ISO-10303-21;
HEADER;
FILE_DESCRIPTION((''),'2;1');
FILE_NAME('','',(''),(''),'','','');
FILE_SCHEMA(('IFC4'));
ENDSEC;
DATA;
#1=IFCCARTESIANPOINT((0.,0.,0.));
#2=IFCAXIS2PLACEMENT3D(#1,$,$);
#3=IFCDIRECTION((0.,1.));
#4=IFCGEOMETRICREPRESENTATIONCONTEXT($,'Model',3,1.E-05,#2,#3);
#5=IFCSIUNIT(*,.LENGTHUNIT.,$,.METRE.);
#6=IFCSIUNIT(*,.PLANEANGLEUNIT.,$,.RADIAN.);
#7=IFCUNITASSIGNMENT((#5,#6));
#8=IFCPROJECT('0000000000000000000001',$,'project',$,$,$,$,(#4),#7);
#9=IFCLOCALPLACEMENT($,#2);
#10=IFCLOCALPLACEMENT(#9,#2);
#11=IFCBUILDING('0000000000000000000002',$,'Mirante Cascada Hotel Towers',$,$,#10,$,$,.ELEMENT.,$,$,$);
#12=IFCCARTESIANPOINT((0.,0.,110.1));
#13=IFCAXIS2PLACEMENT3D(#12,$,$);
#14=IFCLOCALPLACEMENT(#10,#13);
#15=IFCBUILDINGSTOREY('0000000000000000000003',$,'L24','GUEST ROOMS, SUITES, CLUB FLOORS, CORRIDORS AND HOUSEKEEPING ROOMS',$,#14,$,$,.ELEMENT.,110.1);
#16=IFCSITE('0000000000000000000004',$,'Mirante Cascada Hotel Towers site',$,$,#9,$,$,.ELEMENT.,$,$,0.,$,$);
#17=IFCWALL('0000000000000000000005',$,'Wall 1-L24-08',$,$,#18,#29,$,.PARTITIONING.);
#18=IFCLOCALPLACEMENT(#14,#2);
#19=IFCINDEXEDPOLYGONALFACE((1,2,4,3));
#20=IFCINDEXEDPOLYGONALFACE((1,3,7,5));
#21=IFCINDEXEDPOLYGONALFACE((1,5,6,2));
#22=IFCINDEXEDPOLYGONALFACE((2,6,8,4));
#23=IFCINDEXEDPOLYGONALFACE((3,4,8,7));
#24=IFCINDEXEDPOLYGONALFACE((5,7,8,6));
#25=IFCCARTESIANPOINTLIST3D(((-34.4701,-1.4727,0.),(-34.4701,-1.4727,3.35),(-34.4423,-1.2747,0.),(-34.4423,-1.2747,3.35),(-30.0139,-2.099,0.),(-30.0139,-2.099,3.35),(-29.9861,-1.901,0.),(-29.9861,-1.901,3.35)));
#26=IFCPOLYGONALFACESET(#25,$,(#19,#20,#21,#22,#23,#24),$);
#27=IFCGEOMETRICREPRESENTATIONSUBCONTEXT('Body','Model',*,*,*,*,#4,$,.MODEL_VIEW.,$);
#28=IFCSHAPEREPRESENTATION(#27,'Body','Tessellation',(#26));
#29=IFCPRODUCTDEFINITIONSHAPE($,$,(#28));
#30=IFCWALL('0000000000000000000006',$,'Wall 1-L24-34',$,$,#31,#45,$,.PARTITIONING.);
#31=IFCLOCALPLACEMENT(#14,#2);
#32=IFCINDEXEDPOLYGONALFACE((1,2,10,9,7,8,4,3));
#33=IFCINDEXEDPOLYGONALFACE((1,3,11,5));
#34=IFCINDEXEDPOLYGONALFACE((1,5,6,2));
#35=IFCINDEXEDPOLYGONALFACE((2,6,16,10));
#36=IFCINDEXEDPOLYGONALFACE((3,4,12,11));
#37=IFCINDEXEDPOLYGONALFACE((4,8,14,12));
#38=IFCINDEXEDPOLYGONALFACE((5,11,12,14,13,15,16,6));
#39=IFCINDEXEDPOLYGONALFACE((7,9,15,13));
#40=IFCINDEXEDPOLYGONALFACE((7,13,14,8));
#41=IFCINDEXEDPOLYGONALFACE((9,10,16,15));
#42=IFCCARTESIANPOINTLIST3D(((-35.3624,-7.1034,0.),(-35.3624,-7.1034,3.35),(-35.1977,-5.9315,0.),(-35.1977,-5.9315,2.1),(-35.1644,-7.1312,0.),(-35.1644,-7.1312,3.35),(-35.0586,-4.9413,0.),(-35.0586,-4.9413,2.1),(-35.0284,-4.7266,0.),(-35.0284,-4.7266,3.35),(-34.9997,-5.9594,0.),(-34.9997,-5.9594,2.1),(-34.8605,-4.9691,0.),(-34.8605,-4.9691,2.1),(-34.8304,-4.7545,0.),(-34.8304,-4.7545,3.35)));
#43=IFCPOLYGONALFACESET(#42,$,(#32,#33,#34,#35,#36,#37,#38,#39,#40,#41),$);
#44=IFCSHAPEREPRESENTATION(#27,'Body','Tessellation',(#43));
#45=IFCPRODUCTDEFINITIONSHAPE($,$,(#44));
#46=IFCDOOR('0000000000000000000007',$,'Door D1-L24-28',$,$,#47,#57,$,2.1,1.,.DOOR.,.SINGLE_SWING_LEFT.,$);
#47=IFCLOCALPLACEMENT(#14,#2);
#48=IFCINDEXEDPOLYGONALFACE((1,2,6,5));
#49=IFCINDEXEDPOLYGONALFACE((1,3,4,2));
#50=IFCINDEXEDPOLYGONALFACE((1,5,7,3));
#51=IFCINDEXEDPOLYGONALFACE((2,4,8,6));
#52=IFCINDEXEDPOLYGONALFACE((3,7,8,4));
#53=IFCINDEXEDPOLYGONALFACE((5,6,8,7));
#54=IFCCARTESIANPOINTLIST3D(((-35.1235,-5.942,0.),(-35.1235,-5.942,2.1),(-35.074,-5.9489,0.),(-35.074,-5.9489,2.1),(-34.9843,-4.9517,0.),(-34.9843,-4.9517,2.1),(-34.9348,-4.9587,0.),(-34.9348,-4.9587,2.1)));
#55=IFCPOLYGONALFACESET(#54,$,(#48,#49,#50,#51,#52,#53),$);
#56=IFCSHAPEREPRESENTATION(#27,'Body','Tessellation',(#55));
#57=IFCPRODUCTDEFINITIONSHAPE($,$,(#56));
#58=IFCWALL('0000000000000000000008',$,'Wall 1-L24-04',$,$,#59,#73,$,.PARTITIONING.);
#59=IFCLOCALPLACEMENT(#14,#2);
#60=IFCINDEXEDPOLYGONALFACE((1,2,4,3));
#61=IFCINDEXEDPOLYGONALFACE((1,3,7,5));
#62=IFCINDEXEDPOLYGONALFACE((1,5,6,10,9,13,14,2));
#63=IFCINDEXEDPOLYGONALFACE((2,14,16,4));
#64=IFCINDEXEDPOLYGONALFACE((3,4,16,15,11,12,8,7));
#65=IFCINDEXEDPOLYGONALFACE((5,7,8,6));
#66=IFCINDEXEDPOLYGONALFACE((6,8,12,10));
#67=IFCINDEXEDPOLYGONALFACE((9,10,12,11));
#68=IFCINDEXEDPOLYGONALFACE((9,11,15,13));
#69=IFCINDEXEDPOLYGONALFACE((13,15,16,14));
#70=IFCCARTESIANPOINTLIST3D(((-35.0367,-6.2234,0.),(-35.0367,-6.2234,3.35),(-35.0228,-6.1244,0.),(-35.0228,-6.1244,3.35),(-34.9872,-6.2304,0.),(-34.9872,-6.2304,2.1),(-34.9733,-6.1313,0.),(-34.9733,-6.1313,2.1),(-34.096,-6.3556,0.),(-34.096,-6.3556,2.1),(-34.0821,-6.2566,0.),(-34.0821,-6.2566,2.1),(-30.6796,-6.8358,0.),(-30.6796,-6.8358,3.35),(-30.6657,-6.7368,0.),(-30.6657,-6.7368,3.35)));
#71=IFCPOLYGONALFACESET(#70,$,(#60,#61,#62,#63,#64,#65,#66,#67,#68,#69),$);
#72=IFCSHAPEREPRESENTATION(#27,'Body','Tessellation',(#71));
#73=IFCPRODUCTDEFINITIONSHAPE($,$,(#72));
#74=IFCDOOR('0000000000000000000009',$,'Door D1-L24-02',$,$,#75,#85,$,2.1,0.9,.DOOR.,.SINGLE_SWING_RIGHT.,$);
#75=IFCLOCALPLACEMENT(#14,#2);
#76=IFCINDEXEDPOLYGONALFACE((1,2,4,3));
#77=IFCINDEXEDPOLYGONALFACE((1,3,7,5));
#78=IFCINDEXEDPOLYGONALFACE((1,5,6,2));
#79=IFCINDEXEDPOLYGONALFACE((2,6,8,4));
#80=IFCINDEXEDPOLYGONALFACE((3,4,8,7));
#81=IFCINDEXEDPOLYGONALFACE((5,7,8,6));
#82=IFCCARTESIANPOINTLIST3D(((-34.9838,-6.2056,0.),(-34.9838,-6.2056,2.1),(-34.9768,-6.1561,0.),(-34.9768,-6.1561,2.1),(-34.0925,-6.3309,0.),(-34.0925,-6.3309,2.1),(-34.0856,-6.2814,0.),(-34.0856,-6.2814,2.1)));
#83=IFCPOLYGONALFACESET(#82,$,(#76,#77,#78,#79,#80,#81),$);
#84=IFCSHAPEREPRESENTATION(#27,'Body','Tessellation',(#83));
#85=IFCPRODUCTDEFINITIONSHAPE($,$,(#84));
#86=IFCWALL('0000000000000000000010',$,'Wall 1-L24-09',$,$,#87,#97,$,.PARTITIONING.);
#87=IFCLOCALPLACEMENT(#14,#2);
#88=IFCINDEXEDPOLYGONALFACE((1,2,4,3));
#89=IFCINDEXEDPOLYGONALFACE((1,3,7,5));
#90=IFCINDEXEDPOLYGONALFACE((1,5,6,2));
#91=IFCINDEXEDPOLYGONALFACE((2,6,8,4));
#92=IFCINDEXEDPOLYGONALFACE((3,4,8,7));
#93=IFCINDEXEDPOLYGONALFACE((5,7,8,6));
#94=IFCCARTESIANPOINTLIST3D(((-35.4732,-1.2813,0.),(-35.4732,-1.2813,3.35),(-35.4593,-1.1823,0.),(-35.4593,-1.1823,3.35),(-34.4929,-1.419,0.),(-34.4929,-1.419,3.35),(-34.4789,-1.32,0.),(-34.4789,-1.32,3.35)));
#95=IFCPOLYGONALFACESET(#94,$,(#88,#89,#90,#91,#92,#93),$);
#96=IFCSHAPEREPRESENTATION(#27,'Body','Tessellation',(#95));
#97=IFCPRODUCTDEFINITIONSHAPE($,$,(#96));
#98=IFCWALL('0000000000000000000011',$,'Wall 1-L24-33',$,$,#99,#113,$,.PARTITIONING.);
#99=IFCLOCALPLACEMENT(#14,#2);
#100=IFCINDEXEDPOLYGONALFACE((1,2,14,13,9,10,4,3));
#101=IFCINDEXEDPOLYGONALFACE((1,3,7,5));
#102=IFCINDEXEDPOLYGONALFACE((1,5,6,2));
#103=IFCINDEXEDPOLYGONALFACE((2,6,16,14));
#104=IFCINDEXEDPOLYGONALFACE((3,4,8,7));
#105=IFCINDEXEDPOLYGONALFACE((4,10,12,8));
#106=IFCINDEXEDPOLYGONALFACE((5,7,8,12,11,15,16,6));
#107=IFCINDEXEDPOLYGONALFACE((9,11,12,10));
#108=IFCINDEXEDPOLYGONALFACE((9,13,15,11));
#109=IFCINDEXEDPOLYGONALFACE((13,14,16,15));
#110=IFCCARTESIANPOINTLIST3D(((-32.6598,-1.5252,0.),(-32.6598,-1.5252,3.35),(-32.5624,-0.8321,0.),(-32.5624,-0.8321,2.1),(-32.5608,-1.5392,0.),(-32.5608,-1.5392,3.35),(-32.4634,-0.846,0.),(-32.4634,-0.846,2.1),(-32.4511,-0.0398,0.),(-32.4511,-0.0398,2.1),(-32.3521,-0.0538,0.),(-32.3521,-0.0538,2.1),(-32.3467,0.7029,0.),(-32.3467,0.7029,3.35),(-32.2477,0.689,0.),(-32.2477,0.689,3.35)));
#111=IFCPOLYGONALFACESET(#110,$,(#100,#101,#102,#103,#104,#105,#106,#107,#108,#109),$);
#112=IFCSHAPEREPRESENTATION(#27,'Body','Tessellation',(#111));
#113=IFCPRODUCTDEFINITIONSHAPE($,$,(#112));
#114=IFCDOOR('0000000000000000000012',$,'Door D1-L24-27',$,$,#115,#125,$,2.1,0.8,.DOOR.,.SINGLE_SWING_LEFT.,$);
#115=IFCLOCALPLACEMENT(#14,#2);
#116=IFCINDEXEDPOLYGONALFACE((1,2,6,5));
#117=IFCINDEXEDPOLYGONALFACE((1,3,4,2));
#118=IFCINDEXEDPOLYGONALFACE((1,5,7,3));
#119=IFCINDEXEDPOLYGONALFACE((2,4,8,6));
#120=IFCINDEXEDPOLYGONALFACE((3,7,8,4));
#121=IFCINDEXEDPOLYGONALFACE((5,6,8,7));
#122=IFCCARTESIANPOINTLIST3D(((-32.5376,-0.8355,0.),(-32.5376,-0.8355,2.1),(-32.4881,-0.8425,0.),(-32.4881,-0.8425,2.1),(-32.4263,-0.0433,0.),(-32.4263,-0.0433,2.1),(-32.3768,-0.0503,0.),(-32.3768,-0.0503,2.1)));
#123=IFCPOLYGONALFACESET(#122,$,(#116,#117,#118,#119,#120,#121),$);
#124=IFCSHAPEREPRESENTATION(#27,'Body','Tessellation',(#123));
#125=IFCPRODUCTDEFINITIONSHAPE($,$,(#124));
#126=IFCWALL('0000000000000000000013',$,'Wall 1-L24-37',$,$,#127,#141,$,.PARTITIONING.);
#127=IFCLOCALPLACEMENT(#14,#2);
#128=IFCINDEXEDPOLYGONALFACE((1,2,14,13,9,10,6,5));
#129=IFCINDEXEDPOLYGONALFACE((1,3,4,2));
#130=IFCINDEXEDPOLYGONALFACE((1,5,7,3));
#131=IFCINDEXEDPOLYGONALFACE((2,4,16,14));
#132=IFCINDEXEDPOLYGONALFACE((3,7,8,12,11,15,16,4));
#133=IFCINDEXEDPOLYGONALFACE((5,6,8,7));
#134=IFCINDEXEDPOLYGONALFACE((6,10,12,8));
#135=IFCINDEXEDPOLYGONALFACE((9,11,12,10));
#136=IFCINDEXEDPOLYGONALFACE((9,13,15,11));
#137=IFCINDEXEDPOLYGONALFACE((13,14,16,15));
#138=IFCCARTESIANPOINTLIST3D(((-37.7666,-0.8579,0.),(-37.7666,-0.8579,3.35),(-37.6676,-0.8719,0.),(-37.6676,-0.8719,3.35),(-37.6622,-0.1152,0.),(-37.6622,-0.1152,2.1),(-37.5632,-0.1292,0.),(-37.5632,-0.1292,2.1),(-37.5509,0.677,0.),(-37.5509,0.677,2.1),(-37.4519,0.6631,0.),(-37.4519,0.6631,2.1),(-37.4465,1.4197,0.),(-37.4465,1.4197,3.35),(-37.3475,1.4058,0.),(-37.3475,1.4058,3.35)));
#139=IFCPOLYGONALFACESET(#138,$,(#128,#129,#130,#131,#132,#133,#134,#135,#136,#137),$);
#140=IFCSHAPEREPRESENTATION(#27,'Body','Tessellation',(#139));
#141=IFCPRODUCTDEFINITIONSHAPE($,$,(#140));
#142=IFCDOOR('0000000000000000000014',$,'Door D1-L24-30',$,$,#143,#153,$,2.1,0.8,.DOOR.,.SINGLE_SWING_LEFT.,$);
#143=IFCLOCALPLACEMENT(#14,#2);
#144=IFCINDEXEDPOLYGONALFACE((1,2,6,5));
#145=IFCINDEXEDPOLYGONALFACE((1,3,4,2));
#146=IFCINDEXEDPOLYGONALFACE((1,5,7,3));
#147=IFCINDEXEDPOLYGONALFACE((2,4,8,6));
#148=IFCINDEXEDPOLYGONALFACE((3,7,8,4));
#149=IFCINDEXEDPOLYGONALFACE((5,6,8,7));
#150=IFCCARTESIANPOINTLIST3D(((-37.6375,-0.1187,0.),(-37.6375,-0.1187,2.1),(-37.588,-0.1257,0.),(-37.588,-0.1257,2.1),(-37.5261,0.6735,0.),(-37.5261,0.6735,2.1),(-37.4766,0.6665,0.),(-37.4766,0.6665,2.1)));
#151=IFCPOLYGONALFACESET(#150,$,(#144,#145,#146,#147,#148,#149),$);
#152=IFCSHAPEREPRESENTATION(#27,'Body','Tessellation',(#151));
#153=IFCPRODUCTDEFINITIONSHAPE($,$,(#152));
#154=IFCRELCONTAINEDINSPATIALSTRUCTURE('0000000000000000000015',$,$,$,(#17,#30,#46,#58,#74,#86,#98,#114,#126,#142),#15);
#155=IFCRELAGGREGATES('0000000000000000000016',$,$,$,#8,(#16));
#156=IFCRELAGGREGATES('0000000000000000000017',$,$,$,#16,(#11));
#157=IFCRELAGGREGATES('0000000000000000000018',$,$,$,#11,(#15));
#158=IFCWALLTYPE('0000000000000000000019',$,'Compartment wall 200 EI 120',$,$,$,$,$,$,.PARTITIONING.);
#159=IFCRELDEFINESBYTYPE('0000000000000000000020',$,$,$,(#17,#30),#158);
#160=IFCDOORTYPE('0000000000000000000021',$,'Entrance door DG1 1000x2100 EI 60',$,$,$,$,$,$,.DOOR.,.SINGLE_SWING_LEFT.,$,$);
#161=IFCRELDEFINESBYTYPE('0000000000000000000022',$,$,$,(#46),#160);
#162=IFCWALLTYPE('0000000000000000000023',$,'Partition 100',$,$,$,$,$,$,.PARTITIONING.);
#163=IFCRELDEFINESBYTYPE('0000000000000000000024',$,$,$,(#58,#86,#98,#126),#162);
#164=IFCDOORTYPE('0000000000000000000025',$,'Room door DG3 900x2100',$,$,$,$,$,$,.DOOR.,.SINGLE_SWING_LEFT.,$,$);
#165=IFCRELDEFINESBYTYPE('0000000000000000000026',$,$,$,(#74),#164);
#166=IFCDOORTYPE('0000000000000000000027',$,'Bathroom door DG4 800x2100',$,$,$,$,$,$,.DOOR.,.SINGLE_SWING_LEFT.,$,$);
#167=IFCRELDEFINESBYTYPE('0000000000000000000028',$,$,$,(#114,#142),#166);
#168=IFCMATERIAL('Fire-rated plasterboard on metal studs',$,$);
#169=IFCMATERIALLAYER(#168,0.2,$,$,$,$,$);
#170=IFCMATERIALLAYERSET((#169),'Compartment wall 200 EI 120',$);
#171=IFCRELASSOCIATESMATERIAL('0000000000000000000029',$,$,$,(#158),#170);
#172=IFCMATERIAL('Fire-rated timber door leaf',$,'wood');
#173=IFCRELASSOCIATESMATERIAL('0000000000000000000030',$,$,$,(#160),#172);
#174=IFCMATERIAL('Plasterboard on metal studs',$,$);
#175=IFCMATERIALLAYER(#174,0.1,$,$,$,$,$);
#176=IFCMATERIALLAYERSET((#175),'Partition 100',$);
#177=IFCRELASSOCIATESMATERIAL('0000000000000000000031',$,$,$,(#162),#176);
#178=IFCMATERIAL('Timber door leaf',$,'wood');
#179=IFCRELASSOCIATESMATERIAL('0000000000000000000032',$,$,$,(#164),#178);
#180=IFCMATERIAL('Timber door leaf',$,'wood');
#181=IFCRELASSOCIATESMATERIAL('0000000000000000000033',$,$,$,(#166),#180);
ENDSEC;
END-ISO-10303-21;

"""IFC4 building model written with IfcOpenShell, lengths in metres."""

from ifc_helpers import new_model, si_unit, direction, frame, frame_2d, origin, place, context, subcontext, project, spatial, rectangle, extrude, material, layer, layer_set, type_object, element, fill, save


model = new_model("IFC4")

# Units and contexts
model_context = context("Model", 3, precision=1e-05, world=origin(), true_north=direction((0.0, 1.0)))
body_context = subcontext(model_context, "Body", "Model", "MODEL_VIEW")
ifc_project = project(units=[si_unit("LENGTHUNIT", "METRE"), si_unit("PLANEANGLEUNIT", "RADIAN")], contexts=[model_context])

# Site, building, storey
site_placement = place(None, origin())
site = spatial("IfcSite", under=ifc_project, at=site_placement, Name="Mirante Cascada Hotel Towers site", CompositionType="ELEMENT", RefElevation=0.0)
building_placement = place(site_placement, origin())
building = spatial("IfcBuilding", under=site, at=building_placement, Name="Mirante Cascada Hotel Towers", CompositionType="ELEMENT")
storey_placement = place(building_placement, frame((0.0, 0.0, 110.1)))
storey = spatial("IfcBuildingStorey", under=building, at=storey_placement, Name="L24", Description="GUEST ROOMS, SUITES, CLUB FLOORS, CORRIDORS AND HOUSEKEEPING ROOMS", CompositionType="ELEMENT", Elevation=110.1)

# Wall
ifc_material_1 = material(Name="Fire-rated plasterboard on metal studs")
ifc_layer_1 = layer(ifc_material_1, 0.2)
ifc_layer_set_1 = layer_set([ifc_layer_1], Name="Compartment wall 200 EI 120")
wall_type_1 = type_object("IfcWallType", Name="Compartment wall 200 EI 120", PredefinedType="PARTITIONING", material=ifc_layer_set_1)
wall_1_placement = place(storey_placement, frame((-34.4562, -1.3737, 0.0), z_axis=(0.0, 0.0, 1.0), x_axis=(0.990267, -0.139178, 0.0)))
element("IfcWall", 1, at=wall_1_placement, inside=storey, type_object=wall_type_1, Name="Wall 1-L24-08", PredefinedType="PARTITIONING", context=body_context, shape_type="SweptSolid", body=[
    extrude(rectangle(XDim=4.5, YDim=0.2, at=frame_2d((2.25, 0.0))), origin(), (0.0, 0.0, 1.0), 3.35),
])

# Walls, openings, doors
wall_2_placement = place(storey_placement, frame((-34.9294, -4.7406, 0.0), z_axis=(0.0, 0.0, 1.0), x_axis=(-0.139163, -0.990269, 0.0)))
wall_2 = element("IfcWall", 2, at=wall_2_placement, inside=storey, type_object=wall_type_1, Name="Wall 1-L24-34", PredefinedType="PARTITIONING", context=body_context, shape_type="SweptSolid", body=[
    extrude(rectangle(XDim=2.4001, YDim=0.2, at=frame_2d((1.2, 0.0))), origin(), (0.0, 0.0, 1.0), 3.35),
])
opening_1_placement = place(wall_2_placement, frame((0.2167, 0.0, 0.0)))
opening_1 = element("IfcOpeningElement", 3, at=opening_1_placement, cuts=wall_2, PredefinedType="OPENING", context=body_context, shape_type="SweptSolid", body=[
    extrude(rectangle(XDim=1.0, YDim=2.1, at=frame_2d((0.5, 1.05))), frame((0.0, 0.1, 0.0), z_axis=(0.0, -1.0, 0.0), x_axis=(1.0, 0.0, 0.0)), (0.0, 0.0, 1.0), 0.2),
])
ifc_material_2 = material(Name="Fire-rated timber door leaf", Category="wood")
door_type_1 = type_object("IfcDoorType", Name="Entrance door DG1 1000x2100 EI 60", OperationType="SINGLE_SWING_LEFT", PredefinedType="DOOR", material=ifc_material_2)
door_1_placement = place(opening_1_placement, origin())
door_1 = element("IfcDoor", 4, at=door_1_placement, inside=storey, type_object=door_type_1, Name="Door D1-L24-28", OperationType="SINGLE_SWING_LEFT", OverallHeight=2.1, OverallWidth=1.0, PredefinedType="DOOR", context=body_context, shape_type="SweptSolid", body=[
    extrude(rectangle(XDim=1.0, YDim=2.1, at=frame_2d((0.5, 1.05))), frame((0.0, 0.025, 0.0), z_axis=(0.0, -1.0, 0.0), x_axis=(1.0, 0.0, 0.0)), (0.0, 0.0, 1.0), 0.05),
])
fill(opening_1, door_1)
ifc_material_3 = material(Name="Plasterboard on metal studs")
ifc_layer_2 = layer(ifc_material_3, 0.1)
ifc_layer_set_2 = layer_set([ifc_layer_2], Name="Partition 100")
wall_type_2 = type_object("IfcWallType", Name="Partition 100", PredefinedType="PARTITIONING", material=ifc_layer_set_2)
wall_3_placement = place(storey_placement, frame((-35.0298, -6.1739, 0.0), z_axis=(0.0, 0.0, 1.0), x_axis=(0.990267, -0.139184, 0.0)))
wall_3 = element("IfcWall", 5, at=wall_3_placement, inside=storey, type_object=wall_type_2, Name="Wall 1-L24-04", PredefinedType="PARTITIONING", context=body_context, shape_type="SweptSolid", body=[
    extrude(rectangle(XDim=4.3999, YDim=0.1, at=frame_2d((2.2, 0.0))), origin(), (0.0, 0.0, 1.0), 3.35),
])
opening_2_placement = place(wall_3_placement, frame((0.05, 0.0, 0.0)))
opening_2 = element("IfcOpeningElement", 6, at=opening_2_placement, cuts=wall_3, PredefinedType="OPENING", context=body_context, shape_type="SweptSolid", body=[
    extrude(rectangle(XDim=0.9, YDim=2.1, at=frame_2d((0.45, 1.05))), frame((0.0, 0.05, 0.0), z_axis=(0.0, -1.0, 0.0), x_axis=(1.0, 0.0, 0.0)), (0.0, 0.0, 1.0), 0.1),
])
ifc_material_4 = material(Name="Timber door leaf", Category="wood")
door_type_2 = type_object("IfcDoorType", Name="Room door DG3 900x2100", OperationType="SINGLE_SWING_LEFT", PredefinedType="DOOR", material=ifc_material_4)
door_2_placement = place(opening_2_placement, frame((0.9, 0.0, 0.0), z_axis=(0.0, 0.0, 1.0), x_axis=(-1.0, 0.0, 0.0)))
door_2 = element("IfcDoor", 7, at=door_2_placement, inside=storey, type_object=door_type_2, Name="Door D1-L24-02", OperationType="SINGLE_SWING_RIGHT", OverallHeight=2.1, OverallWidth=0.9, PredefinedType="DOOR", context=body_context, shape_type="SweptSolid", body=[
    extrude(rectangle(XDim=0.9, YDim=2.1, at=frame_2d((0.45, 1.05))), frame((0.0, 0.025, 0.0), z_axis=(0.0, -1.0, 0.0), x_axis=(1.0, 0.0, 0.0)), (0.0, 0.0, 1.0), 0.05),
])
fill(opening_2, door_2)

# Wall
wall_4_placement = place(storey_placement, frame((-34.4859, -1.3695, 0.0), z_axis=(0.0, 0.0, 1.0), x_axis=(-0.99028, 0.139088, 0.0)))
element("IfcWall", 8, at=wall_4_placement, inside=storey, type_object=wall_type_2, Name="Wall 1-L24-09", PredefinedType="PARTITIONING", context=body_context, shape_type="SweptSolid", body=[
    extrude(rectangle(XDim=0.99, YDim=0.1, at=frame_2d((0.495, 0.0))), origin(), (0.0, 0.0, 1.0), 3.35),
])

# Walls, openings, doors
wall_5_placement = place(storey_placement, frame((-32.6103, -1.5322, 0.0), z_axis=(0.0, 0.0, 1.0), x_axis=(0.139156, 0.990271, 0.0)))
wall_5 = element("IfcWall", 9, at=wall_5_placement, inside=storey, type_object=wall_type_2, Name="Wall 1-L24-33", PredefinedType="PARTITIONING", context=body_context, shape_type="SweptSolid", body=[
    extrude(rectangle(XDim=2.25, YDim=0.1, at=frame_2d((1.125, 0.0))), origin(), (0.0, 0.0, 1.0), 3.35),
])
opening_3_placement = place(wall_5_placement, frame((0.7, 0.0, 0.0)))
opening_3 = element("IfcOpeningElement", 10, at=opening_3_placement, cuts=wall_5, PredefinedType="OPENING", context=body_context, shape_type="SweptSolid", body=[
    extrude(rectangle(XDim=0.8, YDim=2.1, at=frame_2d((0.4, 1.05))), frame((0.0, 0.05, 0.0), z_axis=(0.0, -1.0, 0.0), x_axis=(1.0, 0.0, 0.0)), (0.0, 0.0, 1.0), 0.1),
])
ifc_material_5 = material(Name="Timber door leaf", Category="wood")
door_type_3 = type_object("IfcDoorType", Name="Bathroom door DG4 800x2100", OperationType="SINGLE_SWING_LEFT", PredefinedType="DOOR", material=ifc_material_5)
door_3_placement = place(opening_3_placement, origin())
door_3 = element("IfcDoor", 11, at=door_3_placement, inside=storey, type_object=door_type_3, Name="Door D1-L24-27", OperationType="SINGLE_SWING_LEFT", OverallHeight=2.1, OverallWidth=0.8, PredefinedType="DOOR", context=body_context, shape_type="SweptSolid", body=[
    extrude(rectangle(XDim=0.8, YDim=2.1, at=frame_2d((0.4, 1.05))), frame((0.0, 0.025, 0.0), z_axis=(0.0, -1.0, 0.0), x_axis=(1.0, 0.0, 0.0)), (0.0, 0.0, 1.0), 0.05),
])
fill(opening_3, door_3)
wall_6_placement = place(storey_placement, frame((-37.7171, -0.8649, 0.0), z_axis=(0.0, 0.0, 1.0), x_axis=(0.139175, 0.990268, 0.0)))
wall_6 = element("IfcWall", 12, at=wall_6_placement, inside=storey, type_object=wall_type_2, Name="Wall 1-L24-37", PredefinedType="PARTITIONING", context=body_context, shape_type="SweptSolid", body=[
    extrude(rectangle(XDim=2.3, YDim=0.1, at=frame_2d((1.15, 0.0))), origin(), (0.0, 0.0, 1.0), 3.35),
])
opening_4_placement = place(wall_6_placement, frame((0.75, 0.0, 0.0)))
opening_4 = element("IfcOpeningElement", 13, at=opening_4_placement, cuts=wall_6, PredefinedType="OPENING", context=body_context, shape_type="SweptSolid", body=[
    extrude(rectangle(XDim=0.8, YDim=2.1, at=frame_2d((0.4, 1.05))), frame((0.0, 0.05, 0.0), z_axis=(0.0, -1.0, 0.0), x_axis=(1.0, 0.0, 0.0)), (0.0, 0.0, 1.0), 0.1),
])
door_4_placement = place(opening_4_placement, origin())
door_4 = element("IfcDoor", 14, at=door_4_placement, inside=storey, type_object=door_type_3, Name="Door D1-L24-30", OperationType="SINGLE_SWING_LEFT", OverallHeight=2.1, OverallWidth=0.8, PredefinedType="DOOR", context=body_context, shape_type="SweptSolid", body=[
    extrude(rectangle(XDim=0.8, YDim=2.1, at=frame_2d((0.4, 1.05))), frame((0.0, 0.025, 0.0), z_axis=(0.0, -1.0, 0.0), x_axis=(1.0, 0.0, 0.0)), (0.0, 0.0, 1.0), 0.05),
])
fill(opening_4, door_4)

save(model, "model.ifc")
